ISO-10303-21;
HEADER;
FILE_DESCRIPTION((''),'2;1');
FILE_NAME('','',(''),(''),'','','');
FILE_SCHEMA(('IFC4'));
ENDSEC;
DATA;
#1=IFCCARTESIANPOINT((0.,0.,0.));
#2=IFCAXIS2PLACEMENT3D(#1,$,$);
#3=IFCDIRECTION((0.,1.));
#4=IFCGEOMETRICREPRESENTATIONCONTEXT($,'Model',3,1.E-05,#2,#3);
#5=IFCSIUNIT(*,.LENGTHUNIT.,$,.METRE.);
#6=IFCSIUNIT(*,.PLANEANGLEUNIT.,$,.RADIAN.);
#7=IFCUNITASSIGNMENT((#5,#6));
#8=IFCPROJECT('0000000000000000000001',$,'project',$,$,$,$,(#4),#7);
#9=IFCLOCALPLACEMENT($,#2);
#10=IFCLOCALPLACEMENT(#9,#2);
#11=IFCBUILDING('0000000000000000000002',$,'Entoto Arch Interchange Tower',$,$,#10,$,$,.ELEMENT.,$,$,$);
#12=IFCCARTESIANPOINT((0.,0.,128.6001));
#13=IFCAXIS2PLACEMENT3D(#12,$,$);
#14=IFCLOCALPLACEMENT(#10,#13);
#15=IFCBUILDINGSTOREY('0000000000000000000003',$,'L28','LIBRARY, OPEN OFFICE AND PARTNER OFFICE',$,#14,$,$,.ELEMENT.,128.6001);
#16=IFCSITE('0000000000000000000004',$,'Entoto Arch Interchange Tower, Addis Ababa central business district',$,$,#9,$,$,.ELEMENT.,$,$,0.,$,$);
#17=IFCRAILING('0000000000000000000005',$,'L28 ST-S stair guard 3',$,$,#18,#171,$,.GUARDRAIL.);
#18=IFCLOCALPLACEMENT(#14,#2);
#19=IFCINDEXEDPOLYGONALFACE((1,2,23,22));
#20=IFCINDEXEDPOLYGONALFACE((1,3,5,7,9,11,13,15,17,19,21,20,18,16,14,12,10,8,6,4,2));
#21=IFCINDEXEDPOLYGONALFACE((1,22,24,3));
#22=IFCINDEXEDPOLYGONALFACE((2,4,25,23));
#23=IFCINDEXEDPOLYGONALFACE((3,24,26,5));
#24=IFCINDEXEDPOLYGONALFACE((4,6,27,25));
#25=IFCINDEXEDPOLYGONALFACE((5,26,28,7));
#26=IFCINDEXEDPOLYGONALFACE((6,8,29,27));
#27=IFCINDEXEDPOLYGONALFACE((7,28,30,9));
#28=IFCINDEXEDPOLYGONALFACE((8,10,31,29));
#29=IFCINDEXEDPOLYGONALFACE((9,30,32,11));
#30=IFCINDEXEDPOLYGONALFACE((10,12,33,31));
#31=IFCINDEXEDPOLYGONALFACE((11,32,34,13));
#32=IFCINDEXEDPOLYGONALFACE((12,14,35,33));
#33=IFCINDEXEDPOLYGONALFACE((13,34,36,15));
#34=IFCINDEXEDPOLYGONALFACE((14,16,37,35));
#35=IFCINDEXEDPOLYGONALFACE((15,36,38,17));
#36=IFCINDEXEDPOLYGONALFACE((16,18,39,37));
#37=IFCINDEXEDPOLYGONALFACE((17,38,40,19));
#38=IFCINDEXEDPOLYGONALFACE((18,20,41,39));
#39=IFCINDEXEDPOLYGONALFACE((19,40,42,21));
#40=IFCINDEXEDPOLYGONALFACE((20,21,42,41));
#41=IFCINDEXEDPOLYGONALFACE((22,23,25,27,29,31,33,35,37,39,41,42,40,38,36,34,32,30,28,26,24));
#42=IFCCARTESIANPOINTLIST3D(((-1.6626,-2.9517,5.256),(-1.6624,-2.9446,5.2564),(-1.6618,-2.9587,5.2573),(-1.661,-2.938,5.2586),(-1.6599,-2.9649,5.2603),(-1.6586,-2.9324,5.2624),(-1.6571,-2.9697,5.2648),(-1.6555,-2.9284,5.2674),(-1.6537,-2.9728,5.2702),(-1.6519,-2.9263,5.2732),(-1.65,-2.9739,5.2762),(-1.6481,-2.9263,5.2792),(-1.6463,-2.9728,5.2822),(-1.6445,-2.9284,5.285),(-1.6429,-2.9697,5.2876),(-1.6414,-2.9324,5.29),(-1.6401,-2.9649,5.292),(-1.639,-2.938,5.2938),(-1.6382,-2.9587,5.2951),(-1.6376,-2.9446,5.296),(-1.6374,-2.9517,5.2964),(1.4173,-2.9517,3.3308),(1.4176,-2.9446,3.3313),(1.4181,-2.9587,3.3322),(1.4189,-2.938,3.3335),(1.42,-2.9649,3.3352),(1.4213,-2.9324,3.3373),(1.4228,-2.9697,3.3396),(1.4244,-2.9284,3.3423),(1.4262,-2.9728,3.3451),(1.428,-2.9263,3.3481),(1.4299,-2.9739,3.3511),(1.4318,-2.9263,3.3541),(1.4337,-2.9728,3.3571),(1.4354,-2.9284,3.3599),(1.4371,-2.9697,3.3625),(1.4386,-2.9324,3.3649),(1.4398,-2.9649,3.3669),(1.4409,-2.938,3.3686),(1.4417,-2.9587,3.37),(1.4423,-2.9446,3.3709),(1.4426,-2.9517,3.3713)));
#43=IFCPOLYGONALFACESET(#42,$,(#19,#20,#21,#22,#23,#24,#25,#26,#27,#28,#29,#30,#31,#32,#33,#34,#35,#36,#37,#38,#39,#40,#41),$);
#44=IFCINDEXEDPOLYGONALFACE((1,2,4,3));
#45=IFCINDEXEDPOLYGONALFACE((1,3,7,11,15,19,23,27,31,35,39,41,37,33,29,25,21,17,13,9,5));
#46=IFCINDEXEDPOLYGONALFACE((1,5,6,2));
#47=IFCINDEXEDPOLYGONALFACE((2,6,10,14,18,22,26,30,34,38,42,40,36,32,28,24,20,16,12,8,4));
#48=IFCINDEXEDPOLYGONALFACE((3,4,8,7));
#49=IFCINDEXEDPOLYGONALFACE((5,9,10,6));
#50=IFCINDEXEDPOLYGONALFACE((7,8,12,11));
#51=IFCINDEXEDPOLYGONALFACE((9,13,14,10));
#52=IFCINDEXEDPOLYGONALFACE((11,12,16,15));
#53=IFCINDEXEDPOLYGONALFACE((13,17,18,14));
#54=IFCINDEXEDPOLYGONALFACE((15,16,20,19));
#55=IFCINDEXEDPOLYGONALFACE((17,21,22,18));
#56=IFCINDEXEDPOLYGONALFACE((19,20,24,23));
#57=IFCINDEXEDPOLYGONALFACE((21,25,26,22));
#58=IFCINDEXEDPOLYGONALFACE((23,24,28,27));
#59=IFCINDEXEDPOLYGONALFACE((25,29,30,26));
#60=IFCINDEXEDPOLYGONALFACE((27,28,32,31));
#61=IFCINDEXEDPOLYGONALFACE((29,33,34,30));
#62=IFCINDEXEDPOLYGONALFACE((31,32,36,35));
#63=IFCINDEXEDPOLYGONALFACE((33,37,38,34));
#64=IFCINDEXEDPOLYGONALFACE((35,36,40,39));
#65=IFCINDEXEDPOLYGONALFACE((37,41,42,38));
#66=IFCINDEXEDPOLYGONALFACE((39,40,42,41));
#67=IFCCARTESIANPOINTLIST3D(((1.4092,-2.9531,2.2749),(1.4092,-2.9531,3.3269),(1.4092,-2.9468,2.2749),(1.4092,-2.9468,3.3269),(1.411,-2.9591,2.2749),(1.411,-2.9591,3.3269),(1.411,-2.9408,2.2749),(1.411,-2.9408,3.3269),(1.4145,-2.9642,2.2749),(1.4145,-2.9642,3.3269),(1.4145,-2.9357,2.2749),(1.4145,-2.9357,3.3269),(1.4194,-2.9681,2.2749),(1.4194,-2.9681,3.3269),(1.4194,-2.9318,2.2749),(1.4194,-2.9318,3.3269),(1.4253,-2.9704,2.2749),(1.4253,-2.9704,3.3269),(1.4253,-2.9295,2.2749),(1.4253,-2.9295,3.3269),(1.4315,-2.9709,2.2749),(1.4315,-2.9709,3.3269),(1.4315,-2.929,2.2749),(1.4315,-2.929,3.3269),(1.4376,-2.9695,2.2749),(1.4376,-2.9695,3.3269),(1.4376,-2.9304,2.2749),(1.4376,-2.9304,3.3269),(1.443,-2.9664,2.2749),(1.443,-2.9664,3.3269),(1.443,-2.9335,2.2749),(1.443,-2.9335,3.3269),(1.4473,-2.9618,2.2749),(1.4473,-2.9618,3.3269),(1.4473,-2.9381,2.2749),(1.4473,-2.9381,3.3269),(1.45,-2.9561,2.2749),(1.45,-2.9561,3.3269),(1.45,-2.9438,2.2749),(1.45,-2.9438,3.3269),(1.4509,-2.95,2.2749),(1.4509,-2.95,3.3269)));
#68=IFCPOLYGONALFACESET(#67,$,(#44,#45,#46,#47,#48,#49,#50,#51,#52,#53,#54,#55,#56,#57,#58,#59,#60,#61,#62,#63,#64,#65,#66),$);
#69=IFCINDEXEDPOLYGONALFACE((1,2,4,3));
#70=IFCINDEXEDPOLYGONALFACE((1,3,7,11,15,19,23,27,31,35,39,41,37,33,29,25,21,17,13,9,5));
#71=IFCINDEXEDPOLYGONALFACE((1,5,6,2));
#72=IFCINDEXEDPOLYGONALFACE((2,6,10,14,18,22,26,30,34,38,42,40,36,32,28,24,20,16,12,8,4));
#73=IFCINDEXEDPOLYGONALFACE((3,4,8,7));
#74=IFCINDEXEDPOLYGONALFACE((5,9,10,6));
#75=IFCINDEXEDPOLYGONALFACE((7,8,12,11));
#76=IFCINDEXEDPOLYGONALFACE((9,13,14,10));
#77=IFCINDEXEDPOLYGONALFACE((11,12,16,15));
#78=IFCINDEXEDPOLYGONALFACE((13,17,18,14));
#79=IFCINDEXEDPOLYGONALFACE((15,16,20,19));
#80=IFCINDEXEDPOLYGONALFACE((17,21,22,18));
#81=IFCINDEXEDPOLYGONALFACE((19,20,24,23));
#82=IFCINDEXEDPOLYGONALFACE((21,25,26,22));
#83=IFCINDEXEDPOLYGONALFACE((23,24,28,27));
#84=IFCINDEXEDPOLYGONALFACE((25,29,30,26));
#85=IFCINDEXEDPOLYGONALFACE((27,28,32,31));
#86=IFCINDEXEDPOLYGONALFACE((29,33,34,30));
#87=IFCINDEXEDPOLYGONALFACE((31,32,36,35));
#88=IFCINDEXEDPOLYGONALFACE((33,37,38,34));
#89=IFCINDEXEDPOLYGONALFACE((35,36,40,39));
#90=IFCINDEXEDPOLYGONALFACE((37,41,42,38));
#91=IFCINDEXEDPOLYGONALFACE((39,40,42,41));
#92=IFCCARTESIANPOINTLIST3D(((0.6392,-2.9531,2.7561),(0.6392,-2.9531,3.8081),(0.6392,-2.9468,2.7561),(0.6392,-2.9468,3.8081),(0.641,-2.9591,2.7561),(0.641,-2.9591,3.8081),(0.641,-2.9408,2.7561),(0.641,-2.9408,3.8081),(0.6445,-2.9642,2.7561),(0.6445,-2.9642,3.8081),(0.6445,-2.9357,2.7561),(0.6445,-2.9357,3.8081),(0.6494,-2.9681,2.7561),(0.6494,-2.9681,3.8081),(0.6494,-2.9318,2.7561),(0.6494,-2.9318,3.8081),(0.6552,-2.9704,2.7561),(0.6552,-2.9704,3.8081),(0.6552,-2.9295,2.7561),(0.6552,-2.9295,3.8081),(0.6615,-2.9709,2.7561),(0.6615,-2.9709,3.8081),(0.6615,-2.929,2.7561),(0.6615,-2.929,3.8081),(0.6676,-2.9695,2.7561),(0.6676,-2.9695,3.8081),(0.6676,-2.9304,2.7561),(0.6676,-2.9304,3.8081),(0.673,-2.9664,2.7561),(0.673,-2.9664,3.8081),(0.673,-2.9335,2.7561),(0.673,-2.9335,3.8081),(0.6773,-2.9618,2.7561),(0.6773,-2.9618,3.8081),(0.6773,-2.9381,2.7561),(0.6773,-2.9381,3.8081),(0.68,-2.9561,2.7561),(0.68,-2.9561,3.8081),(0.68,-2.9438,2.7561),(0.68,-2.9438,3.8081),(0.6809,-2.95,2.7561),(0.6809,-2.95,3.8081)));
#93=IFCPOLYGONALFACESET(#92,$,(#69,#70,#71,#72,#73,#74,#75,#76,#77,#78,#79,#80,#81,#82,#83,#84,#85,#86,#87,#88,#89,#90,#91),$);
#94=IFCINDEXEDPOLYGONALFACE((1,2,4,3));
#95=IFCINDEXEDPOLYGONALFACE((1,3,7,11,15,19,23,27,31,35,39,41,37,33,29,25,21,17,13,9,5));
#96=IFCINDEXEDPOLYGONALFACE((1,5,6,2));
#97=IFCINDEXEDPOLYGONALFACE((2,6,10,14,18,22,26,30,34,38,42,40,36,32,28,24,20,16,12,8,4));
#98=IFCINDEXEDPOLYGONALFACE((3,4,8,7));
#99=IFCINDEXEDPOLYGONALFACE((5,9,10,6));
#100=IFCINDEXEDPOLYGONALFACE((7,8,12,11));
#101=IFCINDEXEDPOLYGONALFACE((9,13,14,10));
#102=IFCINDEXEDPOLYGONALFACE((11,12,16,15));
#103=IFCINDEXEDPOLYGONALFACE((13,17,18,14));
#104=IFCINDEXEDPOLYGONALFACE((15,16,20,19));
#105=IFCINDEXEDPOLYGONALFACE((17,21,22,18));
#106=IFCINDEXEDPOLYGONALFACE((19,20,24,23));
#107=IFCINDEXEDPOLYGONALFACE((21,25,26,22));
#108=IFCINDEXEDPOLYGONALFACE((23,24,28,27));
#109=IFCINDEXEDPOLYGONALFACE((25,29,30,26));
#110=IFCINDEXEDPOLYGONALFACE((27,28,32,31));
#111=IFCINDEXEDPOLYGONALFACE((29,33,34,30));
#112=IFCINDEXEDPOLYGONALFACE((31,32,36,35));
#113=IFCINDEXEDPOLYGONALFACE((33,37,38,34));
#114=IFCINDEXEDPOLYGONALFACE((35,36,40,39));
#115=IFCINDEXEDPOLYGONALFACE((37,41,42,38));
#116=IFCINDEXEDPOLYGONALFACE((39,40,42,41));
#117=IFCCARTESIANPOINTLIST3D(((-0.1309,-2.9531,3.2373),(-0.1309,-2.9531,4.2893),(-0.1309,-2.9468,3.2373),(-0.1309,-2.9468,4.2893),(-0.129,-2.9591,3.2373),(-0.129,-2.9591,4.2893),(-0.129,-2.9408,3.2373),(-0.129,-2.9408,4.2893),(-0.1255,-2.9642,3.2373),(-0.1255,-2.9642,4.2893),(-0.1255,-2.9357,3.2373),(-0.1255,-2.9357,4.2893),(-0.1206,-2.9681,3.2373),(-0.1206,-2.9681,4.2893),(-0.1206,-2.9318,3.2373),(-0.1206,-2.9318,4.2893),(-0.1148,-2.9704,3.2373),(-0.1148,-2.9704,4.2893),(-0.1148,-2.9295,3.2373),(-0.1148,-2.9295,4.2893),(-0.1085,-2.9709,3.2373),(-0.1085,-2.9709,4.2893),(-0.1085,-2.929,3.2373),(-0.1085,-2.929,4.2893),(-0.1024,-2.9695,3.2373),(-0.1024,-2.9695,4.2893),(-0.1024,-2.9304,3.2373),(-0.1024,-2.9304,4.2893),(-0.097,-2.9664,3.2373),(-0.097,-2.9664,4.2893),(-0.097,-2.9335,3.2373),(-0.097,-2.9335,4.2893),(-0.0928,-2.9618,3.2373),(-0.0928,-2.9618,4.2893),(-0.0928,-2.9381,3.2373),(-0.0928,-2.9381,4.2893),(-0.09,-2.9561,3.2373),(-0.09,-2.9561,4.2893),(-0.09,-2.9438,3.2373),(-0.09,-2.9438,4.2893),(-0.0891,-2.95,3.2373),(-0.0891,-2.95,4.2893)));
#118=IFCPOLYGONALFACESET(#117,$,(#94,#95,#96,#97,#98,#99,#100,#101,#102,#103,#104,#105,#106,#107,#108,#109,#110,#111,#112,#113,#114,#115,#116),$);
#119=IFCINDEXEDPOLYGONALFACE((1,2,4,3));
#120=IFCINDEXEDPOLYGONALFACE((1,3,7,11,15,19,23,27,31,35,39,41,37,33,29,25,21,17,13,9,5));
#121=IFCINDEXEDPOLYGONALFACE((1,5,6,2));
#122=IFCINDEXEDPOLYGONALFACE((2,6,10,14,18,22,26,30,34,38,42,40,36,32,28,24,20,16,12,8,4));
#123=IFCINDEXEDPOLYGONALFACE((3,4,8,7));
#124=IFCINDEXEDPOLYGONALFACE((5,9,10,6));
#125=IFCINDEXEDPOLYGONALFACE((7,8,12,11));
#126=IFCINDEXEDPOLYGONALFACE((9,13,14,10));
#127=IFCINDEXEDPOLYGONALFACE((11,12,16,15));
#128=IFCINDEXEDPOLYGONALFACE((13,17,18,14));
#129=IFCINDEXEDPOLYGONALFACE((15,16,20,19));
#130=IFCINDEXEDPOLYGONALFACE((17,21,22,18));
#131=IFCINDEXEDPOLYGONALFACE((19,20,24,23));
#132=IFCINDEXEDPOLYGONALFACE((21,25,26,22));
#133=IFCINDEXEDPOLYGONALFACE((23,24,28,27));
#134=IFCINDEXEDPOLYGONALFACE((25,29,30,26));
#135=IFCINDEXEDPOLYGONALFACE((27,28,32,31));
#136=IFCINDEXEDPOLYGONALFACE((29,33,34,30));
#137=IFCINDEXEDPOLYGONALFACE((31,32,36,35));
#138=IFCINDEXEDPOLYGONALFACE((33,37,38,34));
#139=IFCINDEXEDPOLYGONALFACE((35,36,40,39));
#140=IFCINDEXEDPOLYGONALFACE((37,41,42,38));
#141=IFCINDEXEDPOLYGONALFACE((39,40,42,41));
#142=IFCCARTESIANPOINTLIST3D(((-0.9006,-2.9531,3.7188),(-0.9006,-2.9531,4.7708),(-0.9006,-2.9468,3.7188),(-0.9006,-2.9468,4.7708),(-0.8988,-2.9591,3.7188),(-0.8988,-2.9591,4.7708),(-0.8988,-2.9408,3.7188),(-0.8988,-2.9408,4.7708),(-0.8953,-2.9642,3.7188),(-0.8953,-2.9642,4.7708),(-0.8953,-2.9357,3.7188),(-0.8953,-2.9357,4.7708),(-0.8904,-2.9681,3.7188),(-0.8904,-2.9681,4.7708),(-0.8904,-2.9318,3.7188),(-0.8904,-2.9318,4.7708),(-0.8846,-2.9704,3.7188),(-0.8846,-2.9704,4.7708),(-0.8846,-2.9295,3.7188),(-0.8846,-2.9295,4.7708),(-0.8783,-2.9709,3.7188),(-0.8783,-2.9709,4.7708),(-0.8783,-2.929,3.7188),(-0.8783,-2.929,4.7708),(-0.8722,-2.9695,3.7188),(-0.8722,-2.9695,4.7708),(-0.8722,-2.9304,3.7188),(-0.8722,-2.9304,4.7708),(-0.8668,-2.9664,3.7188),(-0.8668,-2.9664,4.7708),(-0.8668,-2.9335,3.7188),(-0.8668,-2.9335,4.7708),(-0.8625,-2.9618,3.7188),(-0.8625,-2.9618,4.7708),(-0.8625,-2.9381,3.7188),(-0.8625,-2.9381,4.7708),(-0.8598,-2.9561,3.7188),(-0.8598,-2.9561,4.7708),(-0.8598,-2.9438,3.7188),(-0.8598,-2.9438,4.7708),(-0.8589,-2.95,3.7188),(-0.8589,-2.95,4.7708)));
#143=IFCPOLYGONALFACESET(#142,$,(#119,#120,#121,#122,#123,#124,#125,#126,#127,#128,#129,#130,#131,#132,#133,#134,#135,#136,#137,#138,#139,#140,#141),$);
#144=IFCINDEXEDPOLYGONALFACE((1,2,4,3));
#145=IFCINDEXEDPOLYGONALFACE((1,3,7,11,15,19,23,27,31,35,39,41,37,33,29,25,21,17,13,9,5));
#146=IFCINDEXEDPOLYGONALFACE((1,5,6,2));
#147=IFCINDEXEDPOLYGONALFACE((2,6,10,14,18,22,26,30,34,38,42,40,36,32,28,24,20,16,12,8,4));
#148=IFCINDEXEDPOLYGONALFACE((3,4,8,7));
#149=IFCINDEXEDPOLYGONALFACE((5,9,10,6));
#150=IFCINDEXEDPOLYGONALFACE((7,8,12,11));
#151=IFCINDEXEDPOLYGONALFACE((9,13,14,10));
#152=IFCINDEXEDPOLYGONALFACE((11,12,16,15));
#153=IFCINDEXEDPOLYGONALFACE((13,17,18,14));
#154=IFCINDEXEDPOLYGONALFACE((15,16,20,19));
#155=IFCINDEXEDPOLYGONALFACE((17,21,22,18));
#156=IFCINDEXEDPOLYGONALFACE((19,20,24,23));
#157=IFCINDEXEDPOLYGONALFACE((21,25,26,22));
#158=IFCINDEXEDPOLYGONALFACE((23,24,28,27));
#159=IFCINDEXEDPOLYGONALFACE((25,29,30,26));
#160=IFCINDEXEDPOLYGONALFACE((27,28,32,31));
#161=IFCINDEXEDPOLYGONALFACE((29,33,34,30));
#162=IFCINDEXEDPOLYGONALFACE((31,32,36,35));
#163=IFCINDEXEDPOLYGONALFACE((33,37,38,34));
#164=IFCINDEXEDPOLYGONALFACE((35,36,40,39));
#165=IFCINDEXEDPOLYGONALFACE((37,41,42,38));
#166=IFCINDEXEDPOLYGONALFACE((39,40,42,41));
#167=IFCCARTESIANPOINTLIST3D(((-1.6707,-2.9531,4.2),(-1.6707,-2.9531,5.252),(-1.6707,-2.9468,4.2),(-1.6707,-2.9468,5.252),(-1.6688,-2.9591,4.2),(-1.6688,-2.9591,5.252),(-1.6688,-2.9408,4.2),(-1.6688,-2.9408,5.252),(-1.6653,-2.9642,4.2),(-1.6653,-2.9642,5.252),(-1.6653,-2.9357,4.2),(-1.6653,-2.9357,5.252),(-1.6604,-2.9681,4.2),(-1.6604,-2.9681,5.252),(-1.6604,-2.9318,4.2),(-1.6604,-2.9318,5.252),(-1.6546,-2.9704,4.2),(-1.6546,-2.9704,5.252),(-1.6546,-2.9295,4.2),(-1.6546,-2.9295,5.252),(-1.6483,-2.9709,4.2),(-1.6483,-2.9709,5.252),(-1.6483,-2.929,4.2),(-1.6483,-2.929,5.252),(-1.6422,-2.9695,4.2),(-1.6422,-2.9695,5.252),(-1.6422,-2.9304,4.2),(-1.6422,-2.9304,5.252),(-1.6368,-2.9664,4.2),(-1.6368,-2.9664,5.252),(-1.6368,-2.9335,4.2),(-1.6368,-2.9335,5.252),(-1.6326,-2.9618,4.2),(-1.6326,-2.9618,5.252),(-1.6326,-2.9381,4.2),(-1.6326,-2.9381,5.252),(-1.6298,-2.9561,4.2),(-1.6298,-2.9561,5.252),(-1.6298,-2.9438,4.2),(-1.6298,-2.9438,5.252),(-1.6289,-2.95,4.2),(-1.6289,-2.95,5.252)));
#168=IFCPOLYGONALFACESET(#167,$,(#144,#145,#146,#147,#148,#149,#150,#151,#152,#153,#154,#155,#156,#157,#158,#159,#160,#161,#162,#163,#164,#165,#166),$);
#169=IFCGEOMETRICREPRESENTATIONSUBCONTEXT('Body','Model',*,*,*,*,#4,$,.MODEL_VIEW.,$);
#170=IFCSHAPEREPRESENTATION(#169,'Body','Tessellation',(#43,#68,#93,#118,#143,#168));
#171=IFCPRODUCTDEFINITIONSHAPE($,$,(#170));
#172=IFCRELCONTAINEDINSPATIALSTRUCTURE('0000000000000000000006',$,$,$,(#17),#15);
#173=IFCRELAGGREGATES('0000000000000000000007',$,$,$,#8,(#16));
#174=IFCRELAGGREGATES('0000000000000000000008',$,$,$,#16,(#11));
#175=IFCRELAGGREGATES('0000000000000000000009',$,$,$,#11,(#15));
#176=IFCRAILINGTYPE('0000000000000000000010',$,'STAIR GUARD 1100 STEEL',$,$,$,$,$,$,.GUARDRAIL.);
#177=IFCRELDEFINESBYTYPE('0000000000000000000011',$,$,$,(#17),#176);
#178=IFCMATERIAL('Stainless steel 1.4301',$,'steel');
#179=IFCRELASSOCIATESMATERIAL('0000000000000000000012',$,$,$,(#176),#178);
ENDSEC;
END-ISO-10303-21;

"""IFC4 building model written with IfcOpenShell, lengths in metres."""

from ifc_helpers import new_model, si_unit, direction, frame, origin, origin_2d, place, context, subcontext, project, spatial, circle, extrude, material, type_object, element, save


model = new_model("IFC4")

# Units and contexts
model_context = context("Model", 3, precision=1e-05, world=origin(), true_north=direction((0.0, 1.0)))
body_context = subcontext(model_context, "Body", "Model", "MODEL_VIEW")
ifc_project = project(units=[si_unit("LENGTHUNIT", "METRE"), si_unit("PLANEANGLEUNIT", "RADIAN")], contexts=[model_context])

# Site, building, storey
site_placement = place(None, origin())
site = spatial("IfcSite", under=ifc_project, at=site_placement, Name="Entoto Arch Interchange Tower, Addis Ababa central business district", CompositionType="ELEMENT", RefElevation=0.0)
building_placement = place(site_placement, origin())
building = spatial("IfcBuilding", under=site, at=building_placement, Name="Entoto Arch Interchange Tower", CompositionType="ELEMENT")
storey_placement = place(building_placement, frame((0.0, 0.0, 128.6001)))
storey = spatial("IfcBuildingStorey", under=building, at=storey_placement, Name="L28", Description="LIBRARY, OPEN OFFICE AND PARTNER OFFICE", CompositionType="ELEMENT", Elevation=128.6001)

# Railing
ifc_material_1 = material(Name="Stainless steel 1.4301", Category="steel")
railing_type_1 = type_object("IfcRailingType", Name="STAIR GUARD 1100 STEEL", PredefinedType="GUARDRAIL", material=ifc_material_1)
railing_1_placement = place(storey_placement, frame((1.4299, -2.95, 2.2749)))
element("IfcRailing", 1, at=railing_1_placement, inside=storey, type_object=railing_type_1, Name="L28 ST-S stair guard 3", PredefinedType="GUARDRAIL", context=body_context, shape_type="SweptSolid", body=[
    extrude(circle(Radius=0.0239, at=origin_2d()), frame((0.0, 0.0, 1.0762), z_axis=(-0.847979, 0.0, 0.530029), x_axis=(0.0, -1.0, 0.0)), (0.0, 0.0, 1.0), 3.6321),
    extrude(circle(Radius=0.021, at=origin_2d()), origin(), (0.0, 0.0, 1.0), 1.052),
    extrude(circle(Radius=0.021, at=origin_2d()), frame((-0.77, 0.0, 0.4812)), (0.0, 0.0, 1.0), 1.052),
    extrude(circle(Radius=0.021, at=origin_2d()), frame((-1.54, 0.0, 0.9624)), (0.0, 0.0, 1.0), 1.052),
    extrude(circle(Radius=0.021, at=origin_2d()), frame((-2.3098, 0.0, 1.4438)), (0.0, 0.0, 1.0), 1.052),
    extrude(circle(Radius=0.021, at=origin_2d()), frame((-3.0798, 0.0, 1.925)), (0.0, 0.0, 1.0), 1.052),
])

save(model, "model.ifc")
